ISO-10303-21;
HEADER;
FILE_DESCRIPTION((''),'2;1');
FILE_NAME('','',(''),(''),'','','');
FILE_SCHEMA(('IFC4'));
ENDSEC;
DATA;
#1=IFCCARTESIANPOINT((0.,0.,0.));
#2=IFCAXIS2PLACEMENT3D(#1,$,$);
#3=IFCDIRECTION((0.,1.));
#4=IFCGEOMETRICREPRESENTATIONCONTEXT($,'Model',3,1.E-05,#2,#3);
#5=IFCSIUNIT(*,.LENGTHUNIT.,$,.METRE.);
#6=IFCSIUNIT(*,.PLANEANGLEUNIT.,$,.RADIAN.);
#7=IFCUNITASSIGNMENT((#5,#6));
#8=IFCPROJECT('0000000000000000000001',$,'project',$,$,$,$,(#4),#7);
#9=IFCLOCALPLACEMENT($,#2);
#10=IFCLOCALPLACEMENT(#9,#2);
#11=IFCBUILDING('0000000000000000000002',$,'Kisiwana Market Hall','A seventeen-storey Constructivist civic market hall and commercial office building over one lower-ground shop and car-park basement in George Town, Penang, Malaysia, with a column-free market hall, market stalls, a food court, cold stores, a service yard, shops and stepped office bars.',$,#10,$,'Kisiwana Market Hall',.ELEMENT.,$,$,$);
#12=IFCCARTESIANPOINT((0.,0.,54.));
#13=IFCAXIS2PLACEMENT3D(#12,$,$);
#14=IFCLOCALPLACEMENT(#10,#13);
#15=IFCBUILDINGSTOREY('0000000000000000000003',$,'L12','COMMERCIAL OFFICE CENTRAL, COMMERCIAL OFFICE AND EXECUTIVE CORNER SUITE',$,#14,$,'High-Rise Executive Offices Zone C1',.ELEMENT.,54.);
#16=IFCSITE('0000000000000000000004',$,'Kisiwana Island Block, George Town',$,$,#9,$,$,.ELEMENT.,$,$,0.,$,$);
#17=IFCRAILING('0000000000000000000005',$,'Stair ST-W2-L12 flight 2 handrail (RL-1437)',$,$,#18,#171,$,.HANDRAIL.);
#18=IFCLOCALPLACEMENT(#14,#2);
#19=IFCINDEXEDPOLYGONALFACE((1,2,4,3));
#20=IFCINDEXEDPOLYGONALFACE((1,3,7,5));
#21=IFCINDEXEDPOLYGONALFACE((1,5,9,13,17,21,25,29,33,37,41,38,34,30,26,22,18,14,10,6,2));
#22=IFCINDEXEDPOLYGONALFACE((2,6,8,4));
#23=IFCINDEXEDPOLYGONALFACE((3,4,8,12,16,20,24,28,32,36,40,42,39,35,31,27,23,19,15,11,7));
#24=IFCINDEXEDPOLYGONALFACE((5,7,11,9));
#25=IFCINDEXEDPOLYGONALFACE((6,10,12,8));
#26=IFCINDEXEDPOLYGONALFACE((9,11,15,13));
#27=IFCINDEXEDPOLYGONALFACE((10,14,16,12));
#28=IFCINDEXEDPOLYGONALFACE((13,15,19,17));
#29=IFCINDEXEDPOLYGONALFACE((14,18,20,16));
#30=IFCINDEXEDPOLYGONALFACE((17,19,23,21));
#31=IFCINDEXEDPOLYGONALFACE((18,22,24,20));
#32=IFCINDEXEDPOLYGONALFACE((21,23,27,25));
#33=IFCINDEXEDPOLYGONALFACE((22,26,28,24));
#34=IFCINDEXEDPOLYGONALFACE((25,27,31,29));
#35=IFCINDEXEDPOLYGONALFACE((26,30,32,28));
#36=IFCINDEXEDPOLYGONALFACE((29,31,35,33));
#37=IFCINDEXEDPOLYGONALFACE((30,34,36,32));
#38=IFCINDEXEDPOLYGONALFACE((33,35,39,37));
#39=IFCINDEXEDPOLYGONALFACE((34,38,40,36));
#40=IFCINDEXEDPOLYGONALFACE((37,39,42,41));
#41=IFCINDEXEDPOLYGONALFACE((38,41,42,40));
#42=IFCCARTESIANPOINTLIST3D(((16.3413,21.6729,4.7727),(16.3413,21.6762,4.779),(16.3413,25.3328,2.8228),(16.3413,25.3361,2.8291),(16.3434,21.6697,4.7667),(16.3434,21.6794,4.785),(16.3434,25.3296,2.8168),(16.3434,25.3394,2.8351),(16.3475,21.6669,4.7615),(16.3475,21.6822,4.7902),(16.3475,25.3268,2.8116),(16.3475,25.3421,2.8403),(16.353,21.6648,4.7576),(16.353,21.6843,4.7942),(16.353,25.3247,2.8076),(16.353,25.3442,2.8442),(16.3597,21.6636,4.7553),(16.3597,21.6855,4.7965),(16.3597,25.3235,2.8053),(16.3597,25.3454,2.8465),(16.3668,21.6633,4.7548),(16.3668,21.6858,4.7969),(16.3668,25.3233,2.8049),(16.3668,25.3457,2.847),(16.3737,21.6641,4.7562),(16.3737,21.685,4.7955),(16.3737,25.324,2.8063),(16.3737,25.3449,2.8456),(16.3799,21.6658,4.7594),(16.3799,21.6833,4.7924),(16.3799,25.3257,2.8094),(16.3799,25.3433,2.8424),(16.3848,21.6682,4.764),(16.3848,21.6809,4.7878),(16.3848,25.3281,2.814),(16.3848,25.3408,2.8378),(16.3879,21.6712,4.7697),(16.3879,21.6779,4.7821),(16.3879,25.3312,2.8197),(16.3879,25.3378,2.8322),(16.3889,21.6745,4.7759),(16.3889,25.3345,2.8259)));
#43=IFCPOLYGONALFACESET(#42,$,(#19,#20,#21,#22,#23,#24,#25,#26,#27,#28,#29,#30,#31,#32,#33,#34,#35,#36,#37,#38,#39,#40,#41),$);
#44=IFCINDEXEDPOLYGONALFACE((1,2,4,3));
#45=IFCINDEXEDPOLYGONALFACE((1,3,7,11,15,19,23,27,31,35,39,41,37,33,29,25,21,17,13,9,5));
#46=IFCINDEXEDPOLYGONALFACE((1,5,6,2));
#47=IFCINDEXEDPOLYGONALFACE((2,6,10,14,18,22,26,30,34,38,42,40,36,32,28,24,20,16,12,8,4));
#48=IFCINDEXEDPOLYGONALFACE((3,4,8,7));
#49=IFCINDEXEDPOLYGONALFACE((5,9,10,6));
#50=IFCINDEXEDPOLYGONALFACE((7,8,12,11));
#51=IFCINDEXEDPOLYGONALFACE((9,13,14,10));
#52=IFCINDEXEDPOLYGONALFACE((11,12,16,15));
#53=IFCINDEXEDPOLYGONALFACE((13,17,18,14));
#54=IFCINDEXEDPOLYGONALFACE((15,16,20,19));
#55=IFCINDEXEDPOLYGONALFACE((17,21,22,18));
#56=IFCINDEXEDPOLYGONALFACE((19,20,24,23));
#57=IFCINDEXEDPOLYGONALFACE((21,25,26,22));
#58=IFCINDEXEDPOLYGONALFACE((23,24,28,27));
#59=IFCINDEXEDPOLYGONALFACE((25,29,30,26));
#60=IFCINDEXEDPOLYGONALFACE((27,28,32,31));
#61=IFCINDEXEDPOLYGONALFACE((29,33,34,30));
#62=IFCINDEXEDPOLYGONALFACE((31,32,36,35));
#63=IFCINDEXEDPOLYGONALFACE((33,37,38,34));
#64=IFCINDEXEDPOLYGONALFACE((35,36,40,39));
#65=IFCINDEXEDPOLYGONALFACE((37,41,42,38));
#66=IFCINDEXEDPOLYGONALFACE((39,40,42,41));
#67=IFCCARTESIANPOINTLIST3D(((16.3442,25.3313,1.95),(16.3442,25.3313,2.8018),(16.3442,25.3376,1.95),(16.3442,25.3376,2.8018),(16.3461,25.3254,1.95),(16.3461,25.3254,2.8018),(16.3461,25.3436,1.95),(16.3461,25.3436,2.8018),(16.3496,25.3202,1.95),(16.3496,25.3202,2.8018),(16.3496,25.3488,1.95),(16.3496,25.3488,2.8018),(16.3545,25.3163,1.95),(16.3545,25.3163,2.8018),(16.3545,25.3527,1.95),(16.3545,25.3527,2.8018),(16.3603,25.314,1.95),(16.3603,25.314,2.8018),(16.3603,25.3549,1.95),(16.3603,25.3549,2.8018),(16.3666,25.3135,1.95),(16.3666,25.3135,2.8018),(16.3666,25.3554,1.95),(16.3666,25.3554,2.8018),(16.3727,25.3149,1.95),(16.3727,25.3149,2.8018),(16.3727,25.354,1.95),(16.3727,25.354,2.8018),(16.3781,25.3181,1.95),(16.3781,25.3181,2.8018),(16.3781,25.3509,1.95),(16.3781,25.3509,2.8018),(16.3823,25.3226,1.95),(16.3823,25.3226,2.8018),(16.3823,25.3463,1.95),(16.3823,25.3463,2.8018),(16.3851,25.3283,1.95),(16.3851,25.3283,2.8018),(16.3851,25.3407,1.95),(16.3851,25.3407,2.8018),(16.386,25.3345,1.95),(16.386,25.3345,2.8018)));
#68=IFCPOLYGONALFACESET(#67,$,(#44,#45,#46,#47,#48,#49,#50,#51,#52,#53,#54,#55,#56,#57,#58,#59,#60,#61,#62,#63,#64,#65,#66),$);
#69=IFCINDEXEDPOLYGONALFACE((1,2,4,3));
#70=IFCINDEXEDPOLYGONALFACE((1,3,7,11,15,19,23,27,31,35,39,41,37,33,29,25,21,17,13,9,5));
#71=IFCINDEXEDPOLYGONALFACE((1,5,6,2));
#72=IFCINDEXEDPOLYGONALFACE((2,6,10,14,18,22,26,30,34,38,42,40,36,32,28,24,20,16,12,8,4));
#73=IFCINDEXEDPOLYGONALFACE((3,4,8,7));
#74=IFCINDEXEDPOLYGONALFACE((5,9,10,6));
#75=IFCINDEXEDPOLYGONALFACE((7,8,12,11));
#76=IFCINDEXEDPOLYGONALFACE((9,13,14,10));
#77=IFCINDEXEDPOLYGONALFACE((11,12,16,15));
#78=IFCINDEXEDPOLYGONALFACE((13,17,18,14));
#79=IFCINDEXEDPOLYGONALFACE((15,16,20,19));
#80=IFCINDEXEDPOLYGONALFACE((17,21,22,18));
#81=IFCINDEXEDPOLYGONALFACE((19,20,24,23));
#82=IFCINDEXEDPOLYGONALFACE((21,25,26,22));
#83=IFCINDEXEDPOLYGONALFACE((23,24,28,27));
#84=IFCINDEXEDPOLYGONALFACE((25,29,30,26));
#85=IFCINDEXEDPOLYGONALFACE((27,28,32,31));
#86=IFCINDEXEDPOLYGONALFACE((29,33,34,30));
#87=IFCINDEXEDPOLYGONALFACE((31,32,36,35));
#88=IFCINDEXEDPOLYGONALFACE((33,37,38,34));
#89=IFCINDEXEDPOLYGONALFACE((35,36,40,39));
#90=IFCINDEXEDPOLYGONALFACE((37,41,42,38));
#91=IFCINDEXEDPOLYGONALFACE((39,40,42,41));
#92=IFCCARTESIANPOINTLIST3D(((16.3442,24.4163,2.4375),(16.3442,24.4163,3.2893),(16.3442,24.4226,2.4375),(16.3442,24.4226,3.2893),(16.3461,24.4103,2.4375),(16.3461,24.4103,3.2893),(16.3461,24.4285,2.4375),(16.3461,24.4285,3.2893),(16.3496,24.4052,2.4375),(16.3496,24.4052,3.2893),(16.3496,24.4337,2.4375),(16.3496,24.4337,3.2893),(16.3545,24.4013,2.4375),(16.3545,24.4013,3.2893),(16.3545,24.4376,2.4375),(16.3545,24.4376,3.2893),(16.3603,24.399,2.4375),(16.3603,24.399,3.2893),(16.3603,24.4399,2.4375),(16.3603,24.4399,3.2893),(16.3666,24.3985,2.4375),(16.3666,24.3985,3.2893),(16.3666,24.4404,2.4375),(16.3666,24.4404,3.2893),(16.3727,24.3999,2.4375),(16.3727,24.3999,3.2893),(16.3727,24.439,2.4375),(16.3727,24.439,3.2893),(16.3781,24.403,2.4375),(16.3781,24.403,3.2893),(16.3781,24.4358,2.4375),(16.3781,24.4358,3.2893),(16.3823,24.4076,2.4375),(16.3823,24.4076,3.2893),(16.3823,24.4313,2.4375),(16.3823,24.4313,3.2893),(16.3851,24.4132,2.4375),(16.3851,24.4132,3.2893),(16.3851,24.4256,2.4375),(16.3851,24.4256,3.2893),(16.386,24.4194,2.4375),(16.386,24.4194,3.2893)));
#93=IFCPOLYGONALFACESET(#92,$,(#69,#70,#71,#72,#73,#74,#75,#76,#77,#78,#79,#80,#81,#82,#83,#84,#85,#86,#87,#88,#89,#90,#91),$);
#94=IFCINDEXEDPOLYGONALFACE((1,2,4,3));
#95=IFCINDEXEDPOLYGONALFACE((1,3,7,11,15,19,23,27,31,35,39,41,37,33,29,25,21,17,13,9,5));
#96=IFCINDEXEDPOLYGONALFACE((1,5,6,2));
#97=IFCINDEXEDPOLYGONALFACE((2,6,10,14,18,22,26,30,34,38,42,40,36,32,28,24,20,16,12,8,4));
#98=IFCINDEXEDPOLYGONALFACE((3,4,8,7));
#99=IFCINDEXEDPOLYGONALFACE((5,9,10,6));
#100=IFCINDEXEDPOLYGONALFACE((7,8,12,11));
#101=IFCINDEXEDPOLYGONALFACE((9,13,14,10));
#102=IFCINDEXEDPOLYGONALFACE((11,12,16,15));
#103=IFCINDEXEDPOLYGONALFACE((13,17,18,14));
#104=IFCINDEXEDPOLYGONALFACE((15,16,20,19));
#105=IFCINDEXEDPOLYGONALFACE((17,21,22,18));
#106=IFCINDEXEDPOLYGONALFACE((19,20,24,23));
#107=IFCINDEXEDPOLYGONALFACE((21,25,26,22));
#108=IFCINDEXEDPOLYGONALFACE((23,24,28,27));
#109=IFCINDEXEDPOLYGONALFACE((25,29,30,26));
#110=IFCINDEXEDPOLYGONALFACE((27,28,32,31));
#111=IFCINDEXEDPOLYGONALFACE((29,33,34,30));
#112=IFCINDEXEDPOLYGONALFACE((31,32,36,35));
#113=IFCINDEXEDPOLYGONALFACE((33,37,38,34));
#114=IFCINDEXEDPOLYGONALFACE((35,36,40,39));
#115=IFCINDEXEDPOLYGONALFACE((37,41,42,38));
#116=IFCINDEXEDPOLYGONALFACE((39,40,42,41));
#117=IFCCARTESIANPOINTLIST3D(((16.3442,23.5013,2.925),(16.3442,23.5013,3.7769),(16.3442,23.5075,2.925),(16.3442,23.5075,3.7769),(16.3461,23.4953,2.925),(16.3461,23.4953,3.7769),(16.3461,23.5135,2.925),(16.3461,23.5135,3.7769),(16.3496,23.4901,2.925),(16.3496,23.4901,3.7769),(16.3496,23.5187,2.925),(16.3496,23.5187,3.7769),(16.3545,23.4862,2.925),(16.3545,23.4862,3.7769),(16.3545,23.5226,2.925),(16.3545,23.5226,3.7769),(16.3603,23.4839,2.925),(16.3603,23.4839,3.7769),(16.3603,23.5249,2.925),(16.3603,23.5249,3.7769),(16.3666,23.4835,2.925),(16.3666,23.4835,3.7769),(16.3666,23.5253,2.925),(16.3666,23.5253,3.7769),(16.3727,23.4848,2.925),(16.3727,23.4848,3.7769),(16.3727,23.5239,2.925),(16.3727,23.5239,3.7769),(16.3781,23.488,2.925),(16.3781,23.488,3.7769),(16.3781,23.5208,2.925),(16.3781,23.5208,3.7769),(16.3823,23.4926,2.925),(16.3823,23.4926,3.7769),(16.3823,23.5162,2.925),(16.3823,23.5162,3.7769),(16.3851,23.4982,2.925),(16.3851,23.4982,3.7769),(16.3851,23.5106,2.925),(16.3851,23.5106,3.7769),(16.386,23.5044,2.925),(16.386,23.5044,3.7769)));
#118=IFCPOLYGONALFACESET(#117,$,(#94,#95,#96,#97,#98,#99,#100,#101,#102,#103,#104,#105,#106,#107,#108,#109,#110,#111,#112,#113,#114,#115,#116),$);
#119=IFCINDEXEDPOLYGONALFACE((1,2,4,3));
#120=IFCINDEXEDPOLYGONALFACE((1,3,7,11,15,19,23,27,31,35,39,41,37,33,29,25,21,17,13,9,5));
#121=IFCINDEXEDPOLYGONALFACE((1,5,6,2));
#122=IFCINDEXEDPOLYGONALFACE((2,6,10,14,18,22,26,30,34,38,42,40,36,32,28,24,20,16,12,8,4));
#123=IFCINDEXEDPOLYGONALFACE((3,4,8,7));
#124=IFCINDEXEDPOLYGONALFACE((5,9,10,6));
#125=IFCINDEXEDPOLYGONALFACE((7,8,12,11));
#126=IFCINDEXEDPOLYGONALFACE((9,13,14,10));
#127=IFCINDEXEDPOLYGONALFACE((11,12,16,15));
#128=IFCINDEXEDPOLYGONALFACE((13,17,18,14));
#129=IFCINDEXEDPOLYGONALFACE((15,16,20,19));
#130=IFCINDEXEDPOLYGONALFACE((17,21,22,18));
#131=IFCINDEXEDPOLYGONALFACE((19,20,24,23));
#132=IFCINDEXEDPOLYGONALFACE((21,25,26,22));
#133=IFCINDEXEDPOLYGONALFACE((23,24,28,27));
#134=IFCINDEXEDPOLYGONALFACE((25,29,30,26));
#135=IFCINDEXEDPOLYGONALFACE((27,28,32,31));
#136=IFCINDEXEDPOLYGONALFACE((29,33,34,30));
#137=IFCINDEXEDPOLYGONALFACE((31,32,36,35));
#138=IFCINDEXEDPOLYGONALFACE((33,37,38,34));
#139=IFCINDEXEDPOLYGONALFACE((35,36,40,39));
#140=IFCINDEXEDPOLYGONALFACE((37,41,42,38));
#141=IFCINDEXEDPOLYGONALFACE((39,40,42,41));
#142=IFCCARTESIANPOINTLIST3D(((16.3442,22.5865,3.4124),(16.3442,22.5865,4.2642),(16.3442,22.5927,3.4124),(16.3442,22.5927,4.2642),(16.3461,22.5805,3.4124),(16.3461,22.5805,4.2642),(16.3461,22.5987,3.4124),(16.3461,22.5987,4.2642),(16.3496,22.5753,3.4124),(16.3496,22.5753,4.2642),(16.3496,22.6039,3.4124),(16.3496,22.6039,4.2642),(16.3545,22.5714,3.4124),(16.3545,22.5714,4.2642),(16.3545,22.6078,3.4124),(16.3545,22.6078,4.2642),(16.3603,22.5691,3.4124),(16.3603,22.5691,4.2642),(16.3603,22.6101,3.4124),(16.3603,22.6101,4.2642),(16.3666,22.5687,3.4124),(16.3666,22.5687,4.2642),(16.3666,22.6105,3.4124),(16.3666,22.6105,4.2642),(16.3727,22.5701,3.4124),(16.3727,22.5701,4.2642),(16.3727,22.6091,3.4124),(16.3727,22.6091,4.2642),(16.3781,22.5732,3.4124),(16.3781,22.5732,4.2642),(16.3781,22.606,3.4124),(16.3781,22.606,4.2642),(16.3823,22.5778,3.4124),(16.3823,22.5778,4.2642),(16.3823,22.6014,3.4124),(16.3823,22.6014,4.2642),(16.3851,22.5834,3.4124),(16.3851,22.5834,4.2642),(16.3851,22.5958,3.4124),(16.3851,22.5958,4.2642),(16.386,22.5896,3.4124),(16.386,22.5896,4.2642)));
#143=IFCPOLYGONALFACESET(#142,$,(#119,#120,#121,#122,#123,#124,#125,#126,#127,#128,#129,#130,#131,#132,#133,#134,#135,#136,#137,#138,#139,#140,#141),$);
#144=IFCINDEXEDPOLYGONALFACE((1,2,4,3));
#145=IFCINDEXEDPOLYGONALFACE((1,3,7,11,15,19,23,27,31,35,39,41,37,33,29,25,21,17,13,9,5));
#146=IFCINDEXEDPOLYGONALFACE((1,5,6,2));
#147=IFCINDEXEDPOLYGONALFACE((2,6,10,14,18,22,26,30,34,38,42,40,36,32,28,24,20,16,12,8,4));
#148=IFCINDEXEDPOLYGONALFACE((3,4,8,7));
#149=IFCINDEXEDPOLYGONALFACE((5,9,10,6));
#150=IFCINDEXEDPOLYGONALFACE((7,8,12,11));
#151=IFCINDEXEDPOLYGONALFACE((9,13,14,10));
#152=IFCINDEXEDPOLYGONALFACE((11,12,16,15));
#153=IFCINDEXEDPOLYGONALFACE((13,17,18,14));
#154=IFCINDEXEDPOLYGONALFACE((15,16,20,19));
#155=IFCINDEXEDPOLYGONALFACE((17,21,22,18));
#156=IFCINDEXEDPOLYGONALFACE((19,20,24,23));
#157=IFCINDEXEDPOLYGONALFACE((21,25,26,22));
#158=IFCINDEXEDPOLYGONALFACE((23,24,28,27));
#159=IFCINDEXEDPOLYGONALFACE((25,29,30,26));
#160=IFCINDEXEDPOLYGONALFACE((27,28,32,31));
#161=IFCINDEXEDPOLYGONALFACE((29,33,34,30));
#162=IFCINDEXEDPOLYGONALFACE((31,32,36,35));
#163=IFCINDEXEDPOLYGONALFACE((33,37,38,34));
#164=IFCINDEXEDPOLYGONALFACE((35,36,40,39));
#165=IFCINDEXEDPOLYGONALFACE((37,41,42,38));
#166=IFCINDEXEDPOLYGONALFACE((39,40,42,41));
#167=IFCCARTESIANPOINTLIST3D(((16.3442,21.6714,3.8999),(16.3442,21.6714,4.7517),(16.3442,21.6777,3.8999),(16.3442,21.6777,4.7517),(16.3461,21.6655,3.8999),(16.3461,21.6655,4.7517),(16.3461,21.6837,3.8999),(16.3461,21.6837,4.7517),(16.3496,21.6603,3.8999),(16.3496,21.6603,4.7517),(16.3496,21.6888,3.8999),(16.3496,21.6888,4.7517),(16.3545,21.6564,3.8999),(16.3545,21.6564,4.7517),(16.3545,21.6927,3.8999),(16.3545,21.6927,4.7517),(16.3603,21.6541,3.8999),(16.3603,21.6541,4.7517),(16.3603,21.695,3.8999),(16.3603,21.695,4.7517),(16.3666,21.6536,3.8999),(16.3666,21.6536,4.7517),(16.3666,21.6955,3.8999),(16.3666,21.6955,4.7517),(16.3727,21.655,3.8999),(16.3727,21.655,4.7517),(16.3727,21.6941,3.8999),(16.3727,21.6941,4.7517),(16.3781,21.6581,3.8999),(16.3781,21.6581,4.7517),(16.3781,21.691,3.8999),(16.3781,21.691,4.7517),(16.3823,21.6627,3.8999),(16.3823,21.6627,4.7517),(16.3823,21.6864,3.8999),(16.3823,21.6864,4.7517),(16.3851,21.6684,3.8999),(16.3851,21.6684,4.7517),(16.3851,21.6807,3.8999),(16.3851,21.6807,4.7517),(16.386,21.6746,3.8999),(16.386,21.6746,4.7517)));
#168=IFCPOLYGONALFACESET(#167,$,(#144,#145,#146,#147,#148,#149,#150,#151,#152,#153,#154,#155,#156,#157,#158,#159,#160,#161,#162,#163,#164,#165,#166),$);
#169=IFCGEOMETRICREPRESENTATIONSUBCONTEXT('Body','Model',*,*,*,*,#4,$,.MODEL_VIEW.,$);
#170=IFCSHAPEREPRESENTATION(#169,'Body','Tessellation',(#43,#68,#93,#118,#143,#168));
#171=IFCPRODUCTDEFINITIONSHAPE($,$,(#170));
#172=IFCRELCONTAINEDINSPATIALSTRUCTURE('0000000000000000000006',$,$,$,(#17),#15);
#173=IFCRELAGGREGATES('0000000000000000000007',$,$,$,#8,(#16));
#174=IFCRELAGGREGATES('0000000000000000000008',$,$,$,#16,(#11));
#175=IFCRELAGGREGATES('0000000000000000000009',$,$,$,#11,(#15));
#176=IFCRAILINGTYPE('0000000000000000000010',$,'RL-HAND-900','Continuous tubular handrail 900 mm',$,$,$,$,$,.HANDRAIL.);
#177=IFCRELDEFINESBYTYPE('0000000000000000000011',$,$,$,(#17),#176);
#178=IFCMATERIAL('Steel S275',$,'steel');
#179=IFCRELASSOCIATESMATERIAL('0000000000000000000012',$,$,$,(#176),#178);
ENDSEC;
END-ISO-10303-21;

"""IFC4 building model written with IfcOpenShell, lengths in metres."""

from ifc_helpers import new_model, si_unit, direction, frame, origin, origin_2d, place, context, subcontext, project, spatial, circle, extrude, material, type_object, element, save


model = new_model("IFC4")

# Units and contexts
model_context = context("Model", 3, precision=1e-05, world=origin(), true_north=direction((0.0, 1.0)))
body_context = subcontext(model_context, "Body", "Model", "MODEL_VIEW")
ifc_project = project(units=[si_unit("LENGTHUNIT", "METRE"), si_unit("PLANEANGLEUNIT", "RADIAN")], contexts=[model_context])

# Site, building, storey
site_placement = place(None, origin())
site = spatial("IfcSite", under=ifc_project, at=site_placement, Name="Kisiwana Island Block, George Town", CompositionType="ELEMENT", RefElevation=0.0)
building_placement = place(site_placement, origin())
building = spatial("IfcBuilding", under=site, at=building_placement, Name="Kisiwana Market Hall", Description="A seventeen-storey Constructivist civic market hall and commercial office building over one lower-ground shop and car-park basement in George Town, Penang, Malaysia, with a column-free market hall, market stalls, a food court, cold stores, a service yard, shops and stepped office bars.", LongName="Kisiwana Market Hall", CompositionType="ELEMENT")
storey_placement = place(building_placement, frame((0.0, 0.0, 54.0)))
storey = spatial("IfcBuildingStorey", under=building, at=storey_placement, Name="L12", Description="COMMERCIAL OFFICE CENTRAL, COMMERCIAL OFFICE AND EXECUTIVE CORNER SUITE", LongName="High-Rise Executive Offices Zone C1", CompositionType="ELEMENT", Elevation=54.0)

# Railing
ifc_material_1 = material(Name="Steel S275", Category="steel")
railing_type_1 = type_object("IfcRailingType", Name="RL-HAND-900", Description="Continuous tubular handrail 900 mm", PredefinedType="HANDRAIL", material=ifc_material_1)
railing_1_placement = place(storey_placement, frame((16.365, 25.3345, 1.95)))
element("IfcRailing", 1, at=railing_1_placement, inside=storey, type_object=railing_type_1, Name="Stair ST-W2-L12 flight 2 handrail (RL-1437)", PredefinedType="HANDRAIL", context=body_context, shape_type="SweptSolid", body=[
    extrude(circle(Radius=0.0239, at=origin_2d()), frame((0.0, 0.0, 0.876), z_axis=(0.0, -0.882553, 0.470212), x_axis=(1.0, 0.0, 0.0)), (0.0, 0.0, 1.0), 4.147),
    extrude(circle(Radius=0.021, at=origin_2d()), origin(), (0.0, 0.0, 1.0), 0.8518),
    extrude(circle(Radius=0.021, at=origin_2d()), frame((0.0, -0.915, 0.4875)), (0.0, 0.0, 1.0), 0.8518),
    extrude(circle(Radius=0.021, at=origin_2d()), frame((0.0, -1.8301, 0.9751)), (0.0, 0.0, 1.0), 0.8518),
    extrude(circle(Radius=0.021, at=origin_2d()), frame((0.0, -2.7449, 1.4624)), (0.0, 0.0, 1.0), 0.8518),
    extrude(circle(Radius=0.021, at=origin_2d()), frame((0.0, -3.6599, 1.95)), (0.0, 0.0, 1.0), 0.8518),
])

save(model, "model.ifc")
